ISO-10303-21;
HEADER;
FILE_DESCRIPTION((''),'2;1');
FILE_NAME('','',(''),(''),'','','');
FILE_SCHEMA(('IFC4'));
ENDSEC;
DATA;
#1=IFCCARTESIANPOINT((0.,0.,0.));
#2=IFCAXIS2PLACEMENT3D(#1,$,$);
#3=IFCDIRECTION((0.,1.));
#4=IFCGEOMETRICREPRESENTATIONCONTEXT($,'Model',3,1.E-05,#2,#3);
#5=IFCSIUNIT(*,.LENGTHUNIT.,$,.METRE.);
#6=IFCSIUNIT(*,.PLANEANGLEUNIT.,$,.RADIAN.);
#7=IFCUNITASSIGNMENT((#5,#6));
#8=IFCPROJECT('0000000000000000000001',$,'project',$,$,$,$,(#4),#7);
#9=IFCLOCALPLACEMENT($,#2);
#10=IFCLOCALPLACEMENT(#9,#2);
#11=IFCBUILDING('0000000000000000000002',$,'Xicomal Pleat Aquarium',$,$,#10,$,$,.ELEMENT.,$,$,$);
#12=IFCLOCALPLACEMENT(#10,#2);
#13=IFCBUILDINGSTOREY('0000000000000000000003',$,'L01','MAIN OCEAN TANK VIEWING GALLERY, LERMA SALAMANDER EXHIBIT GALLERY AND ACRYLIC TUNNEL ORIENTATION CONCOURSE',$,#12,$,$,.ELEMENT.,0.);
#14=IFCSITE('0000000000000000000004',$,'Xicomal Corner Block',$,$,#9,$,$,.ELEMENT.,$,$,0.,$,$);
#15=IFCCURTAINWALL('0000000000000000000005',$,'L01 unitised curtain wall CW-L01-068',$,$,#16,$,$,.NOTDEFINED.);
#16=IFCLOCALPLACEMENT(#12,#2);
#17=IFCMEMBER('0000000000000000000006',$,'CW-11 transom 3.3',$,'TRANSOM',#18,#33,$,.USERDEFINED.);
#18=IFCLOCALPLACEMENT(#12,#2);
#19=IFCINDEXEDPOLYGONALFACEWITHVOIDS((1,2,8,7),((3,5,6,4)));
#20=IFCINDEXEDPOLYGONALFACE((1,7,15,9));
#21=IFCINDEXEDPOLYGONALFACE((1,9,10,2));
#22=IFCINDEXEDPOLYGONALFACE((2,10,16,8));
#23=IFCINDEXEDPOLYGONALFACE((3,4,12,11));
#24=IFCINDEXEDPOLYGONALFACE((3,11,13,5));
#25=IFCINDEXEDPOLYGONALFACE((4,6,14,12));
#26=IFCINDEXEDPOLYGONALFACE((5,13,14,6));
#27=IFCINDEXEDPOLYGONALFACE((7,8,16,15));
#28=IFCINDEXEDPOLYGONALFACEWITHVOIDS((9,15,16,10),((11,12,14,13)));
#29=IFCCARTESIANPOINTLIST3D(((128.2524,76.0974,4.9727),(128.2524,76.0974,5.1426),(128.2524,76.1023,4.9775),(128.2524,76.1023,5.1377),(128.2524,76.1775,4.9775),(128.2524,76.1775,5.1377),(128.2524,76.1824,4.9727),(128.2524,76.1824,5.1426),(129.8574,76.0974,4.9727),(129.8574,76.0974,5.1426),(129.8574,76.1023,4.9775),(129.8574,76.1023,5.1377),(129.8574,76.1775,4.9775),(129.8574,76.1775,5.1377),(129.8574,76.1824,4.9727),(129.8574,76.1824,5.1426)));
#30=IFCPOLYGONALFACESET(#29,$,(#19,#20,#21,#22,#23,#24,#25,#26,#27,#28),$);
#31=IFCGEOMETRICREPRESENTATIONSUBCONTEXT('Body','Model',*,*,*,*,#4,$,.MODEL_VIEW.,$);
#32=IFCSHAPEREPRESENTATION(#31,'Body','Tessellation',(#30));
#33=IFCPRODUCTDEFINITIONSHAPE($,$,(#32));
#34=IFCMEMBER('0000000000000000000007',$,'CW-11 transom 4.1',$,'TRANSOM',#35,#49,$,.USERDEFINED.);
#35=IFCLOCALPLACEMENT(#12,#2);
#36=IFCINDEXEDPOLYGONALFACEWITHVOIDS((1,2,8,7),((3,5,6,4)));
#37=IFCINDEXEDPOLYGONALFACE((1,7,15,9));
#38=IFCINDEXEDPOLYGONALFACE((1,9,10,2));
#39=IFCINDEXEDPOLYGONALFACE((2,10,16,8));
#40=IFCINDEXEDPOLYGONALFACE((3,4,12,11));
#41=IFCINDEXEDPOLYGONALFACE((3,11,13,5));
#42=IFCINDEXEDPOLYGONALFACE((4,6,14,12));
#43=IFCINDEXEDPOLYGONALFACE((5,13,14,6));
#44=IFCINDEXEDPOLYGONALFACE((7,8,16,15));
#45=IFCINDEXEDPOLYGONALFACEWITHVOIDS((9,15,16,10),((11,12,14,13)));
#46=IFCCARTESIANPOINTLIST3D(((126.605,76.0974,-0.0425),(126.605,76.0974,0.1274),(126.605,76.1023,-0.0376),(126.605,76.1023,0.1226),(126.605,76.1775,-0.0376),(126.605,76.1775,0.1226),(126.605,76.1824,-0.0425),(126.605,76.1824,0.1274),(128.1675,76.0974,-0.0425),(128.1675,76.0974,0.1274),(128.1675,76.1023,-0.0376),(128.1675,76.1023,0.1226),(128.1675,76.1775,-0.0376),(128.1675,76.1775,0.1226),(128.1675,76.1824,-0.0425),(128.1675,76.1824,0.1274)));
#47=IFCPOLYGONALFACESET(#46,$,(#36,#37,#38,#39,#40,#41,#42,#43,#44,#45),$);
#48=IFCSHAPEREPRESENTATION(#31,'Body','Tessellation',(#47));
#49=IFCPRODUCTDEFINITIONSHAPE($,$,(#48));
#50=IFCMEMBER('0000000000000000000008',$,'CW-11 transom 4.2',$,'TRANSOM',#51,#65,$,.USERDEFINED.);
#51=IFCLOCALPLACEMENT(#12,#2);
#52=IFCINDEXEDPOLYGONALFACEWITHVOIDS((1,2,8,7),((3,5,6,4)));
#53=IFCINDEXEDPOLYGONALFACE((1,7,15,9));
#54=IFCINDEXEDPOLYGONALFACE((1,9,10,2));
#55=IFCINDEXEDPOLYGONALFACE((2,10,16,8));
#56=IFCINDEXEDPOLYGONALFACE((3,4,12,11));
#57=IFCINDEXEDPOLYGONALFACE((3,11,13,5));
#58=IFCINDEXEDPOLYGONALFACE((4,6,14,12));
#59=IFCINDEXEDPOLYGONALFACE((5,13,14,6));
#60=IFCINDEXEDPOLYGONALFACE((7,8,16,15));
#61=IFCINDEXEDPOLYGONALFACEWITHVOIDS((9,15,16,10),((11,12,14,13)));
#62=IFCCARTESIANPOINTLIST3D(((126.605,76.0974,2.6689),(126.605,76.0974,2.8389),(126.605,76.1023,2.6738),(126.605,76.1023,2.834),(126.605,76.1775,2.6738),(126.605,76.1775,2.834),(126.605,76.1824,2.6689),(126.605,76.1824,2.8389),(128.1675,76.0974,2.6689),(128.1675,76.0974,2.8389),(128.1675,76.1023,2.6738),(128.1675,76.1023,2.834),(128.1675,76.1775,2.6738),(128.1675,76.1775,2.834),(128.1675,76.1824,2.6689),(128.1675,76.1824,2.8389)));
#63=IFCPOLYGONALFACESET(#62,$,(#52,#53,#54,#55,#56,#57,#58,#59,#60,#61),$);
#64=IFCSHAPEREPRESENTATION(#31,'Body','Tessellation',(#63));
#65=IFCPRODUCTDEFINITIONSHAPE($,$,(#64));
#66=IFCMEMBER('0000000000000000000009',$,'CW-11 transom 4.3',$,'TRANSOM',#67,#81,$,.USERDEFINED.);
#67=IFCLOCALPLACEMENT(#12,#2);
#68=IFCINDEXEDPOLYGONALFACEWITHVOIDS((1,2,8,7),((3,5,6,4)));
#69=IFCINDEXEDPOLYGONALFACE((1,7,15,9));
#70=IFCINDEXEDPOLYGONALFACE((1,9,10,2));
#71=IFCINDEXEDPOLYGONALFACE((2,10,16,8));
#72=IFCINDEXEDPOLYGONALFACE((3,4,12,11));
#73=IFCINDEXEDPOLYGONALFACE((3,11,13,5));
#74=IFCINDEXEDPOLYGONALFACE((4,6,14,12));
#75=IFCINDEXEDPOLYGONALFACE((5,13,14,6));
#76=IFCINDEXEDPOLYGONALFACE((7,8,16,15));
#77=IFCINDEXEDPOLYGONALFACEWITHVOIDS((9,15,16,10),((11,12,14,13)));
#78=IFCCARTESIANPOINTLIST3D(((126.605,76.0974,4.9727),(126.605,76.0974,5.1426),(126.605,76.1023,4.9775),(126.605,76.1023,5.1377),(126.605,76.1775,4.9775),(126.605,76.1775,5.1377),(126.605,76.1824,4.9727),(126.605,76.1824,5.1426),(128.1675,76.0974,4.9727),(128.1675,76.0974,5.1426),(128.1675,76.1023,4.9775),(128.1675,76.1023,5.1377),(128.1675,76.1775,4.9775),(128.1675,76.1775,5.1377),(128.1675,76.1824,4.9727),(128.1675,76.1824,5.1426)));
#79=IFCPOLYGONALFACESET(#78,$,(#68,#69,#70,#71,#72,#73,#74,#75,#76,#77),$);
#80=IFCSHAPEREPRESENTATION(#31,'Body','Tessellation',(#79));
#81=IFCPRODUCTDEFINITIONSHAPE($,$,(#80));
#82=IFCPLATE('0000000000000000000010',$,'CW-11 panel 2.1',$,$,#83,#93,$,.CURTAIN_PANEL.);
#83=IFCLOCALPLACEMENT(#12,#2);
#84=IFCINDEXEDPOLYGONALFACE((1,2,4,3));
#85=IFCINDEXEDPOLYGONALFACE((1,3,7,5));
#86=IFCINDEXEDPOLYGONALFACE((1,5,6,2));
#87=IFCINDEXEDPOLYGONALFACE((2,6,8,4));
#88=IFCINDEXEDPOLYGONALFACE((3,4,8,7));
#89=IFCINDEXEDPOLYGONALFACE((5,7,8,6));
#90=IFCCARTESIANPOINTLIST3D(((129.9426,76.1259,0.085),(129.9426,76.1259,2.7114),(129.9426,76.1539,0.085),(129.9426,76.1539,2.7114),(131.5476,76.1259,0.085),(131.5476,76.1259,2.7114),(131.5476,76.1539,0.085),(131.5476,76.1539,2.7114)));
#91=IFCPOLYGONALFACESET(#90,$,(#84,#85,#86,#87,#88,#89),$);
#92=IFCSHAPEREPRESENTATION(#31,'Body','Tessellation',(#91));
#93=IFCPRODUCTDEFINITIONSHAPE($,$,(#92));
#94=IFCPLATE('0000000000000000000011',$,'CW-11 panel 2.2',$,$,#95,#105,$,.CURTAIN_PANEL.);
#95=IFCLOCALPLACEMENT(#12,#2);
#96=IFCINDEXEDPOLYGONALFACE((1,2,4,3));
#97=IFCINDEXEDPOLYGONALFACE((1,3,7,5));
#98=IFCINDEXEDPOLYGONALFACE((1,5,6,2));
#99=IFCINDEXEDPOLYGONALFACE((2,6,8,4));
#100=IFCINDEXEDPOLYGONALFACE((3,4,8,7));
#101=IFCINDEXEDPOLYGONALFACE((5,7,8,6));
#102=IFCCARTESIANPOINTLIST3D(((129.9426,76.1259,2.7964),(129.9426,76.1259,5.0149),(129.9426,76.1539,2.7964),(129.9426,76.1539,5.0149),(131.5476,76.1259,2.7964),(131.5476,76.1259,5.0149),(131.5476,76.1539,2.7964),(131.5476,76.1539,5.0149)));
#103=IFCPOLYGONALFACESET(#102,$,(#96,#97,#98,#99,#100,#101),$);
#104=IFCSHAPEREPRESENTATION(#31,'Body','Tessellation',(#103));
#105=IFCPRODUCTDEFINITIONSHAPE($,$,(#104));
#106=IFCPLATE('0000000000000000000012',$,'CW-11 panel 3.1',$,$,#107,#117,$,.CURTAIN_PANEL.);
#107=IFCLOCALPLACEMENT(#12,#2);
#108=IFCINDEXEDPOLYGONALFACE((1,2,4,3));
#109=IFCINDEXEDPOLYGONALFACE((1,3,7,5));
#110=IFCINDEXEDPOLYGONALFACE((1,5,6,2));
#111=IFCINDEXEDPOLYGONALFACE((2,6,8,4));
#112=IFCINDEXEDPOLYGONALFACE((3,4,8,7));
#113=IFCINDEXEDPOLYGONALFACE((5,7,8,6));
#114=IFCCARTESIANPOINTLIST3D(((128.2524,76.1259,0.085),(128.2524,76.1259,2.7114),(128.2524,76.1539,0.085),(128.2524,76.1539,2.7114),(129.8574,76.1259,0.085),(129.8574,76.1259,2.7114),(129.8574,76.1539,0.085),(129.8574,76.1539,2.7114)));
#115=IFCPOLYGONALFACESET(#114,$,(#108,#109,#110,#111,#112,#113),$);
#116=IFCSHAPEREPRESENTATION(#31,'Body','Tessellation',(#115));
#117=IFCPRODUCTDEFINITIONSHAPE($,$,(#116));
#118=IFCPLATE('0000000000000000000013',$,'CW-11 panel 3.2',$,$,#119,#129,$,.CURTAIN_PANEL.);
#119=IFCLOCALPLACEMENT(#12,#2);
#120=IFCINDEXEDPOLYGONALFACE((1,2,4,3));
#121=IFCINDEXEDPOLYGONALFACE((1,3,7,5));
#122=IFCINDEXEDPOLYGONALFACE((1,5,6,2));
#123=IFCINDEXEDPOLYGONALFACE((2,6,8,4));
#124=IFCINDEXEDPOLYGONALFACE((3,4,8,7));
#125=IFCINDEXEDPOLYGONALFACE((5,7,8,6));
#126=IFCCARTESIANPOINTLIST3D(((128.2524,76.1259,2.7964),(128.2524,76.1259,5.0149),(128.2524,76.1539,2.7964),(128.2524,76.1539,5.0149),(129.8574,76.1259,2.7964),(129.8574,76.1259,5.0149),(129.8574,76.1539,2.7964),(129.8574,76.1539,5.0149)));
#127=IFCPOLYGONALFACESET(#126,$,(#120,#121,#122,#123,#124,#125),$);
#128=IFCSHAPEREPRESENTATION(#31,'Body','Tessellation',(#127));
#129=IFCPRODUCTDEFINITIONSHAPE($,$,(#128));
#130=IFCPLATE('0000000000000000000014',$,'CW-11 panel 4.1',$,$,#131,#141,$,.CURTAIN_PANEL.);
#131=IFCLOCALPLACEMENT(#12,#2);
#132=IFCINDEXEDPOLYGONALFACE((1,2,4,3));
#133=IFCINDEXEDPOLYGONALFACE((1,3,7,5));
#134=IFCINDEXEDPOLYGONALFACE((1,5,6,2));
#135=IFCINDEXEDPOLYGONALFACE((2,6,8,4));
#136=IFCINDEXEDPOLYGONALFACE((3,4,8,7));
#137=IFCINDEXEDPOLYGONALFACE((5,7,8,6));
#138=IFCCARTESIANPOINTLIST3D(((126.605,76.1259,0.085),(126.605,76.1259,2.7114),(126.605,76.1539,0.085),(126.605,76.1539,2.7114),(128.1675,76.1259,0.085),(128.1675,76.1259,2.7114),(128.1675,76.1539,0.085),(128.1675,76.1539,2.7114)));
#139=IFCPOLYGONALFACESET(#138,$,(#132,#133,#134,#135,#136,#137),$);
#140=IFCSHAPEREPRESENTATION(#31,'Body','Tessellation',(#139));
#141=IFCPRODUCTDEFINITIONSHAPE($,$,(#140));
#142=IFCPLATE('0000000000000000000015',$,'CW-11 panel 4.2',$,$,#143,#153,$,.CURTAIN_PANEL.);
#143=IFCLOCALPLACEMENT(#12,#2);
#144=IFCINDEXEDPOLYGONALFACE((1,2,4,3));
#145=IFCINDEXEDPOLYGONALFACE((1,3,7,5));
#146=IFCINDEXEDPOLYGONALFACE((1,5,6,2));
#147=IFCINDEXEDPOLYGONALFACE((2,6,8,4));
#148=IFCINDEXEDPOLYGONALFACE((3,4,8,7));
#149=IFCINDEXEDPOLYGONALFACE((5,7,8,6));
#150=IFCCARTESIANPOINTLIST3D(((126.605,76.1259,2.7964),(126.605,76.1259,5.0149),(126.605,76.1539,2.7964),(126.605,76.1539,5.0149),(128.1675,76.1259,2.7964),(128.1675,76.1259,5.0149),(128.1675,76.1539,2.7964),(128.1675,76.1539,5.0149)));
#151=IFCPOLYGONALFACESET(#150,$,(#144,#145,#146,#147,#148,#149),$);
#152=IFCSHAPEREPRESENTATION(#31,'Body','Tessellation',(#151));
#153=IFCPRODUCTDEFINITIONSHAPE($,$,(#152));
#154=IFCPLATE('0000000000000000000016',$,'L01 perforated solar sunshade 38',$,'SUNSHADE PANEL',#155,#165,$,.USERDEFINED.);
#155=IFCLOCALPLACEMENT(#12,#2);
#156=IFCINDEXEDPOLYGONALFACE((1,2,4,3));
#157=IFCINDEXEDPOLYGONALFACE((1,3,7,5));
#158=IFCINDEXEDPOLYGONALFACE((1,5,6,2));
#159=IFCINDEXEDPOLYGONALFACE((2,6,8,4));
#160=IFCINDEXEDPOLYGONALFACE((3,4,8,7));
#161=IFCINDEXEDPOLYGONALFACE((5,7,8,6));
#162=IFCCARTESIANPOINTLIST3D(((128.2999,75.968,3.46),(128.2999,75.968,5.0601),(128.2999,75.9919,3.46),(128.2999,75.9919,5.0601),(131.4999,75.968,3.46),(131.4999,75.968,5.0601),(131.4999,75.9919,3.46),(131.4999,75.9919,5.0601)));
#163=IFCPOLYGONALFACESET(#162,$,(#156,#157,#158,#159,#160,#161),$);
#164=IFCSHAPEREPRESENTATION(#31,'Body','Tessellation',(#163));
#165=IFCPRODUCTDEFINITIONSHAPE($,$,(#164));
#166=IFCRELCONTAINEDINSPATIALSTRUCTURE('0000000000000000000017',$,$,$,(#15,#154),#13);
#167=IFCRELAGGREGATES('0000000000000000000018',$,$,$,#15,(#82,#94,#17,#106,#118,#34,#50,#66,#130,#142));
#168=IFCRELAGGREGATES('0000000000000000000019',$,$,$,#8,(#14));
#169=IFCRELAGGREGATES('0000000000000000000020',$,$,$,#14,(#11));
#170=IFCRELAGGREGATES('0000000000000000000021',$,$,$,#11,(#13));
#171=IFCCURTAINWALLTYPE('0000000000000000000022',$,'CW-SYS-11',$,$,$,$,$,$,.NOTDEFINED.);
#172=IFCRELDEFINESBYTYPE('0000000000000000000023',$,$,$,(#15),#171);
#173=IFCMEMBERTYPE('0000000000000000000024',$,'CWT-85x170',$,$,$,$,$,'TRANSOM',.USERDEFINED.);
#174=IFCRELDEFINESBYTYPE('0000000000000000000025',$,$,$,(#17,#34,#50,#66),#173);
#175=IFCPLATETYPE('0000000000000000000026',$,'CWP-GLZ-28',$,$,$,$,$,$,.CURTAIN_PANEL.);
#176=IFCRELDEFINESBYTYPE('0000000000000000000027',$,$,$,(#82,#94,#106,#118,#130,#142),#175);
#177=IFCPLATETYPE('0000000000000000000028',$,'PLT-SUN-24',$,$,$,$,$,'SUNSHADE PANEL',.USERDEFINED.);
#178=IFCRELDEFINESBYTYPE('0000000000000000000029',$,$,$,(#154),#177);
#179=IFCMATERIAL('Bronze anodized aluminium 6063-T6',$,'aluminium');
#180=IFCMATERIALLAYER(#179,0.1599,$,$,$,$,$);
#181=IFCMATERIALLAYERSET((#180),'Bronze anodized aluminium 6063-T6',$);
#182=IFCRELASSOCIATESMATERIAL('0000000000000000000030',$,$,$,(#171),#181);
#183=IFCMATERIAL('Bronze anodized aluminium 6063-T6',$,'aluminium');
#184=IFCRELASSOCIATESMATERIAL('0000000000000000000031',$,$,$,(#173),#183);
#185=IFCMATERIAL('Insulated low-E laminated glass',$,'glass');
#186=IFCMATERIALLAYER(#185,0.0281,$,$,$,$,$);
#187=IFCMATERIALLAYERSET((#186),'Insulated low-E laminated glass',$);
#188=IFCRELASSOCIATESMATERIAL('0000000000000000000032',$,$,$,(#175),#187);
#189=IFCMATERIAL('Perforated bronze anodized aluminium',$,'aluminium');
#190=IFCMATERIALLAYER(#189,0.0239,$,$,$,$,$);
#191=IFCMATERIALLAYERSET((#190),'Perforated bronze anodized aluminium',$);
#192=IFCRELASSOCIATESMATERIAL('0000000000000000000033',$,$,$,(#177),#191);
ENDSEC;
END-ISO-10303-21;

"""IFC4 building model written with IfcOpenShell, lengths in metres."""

from ifc_helpers import new_model, si_unit, direction, frame, origin, origin_2d, place, context, subcontext, project, spatial, rectangle, hollow_rectangle, extrude, material, layer, layer_set, material_profile, profile_set, type_object, element, aggregate, save


model = new_model("IFC4")

# Units and contexts
model_context = context("Model", 3, precision=1e-05, world=origin(), true_north=direction((0.0, 1.0)))
body_context = subcontext(model_context, "Body", "Model", "MODEL_VIEW")
ifc_project = project(units=[si_unit("LENGTHUNIT", "METRE"), si_unit("PLANEANGLEUNIT", "RADIAN")], contexts=[model_context])

# Site, building, storey
site_placement = place(None, origin())
site = spatial("IfcSite", under=ifc_project, at=site_placement, Name="Xicomal Corner Block", CompositionType="ELEMENT", RefElevation=0.0)
building_placement = place(site_placement, origin())
building = spatial("IfcBuilding", under=site, at=building_placement, Name="Xicomal Pleat Aquarium", CompositionType="ELEMENT")
storey_placement = place(building_placement, origin())
storey = spatial("IfcBuildingStorey", under=building, at=storey_placement, Name="L01", Description="MAIN OCEAN TANK VIEWING GALLERY, LERMA SALAMANDER EXHIBIT GALLERY AND ACRYLIC TUNNEL ORIENTATION CONCOURSE", CompositionType="ELEMENT", Elevation=0.0)

# Curtain wall, members, plates
ifc_material_1 = material(Name="Bronze anodized aluminium 6063-T6", Category="aluminium")
ifc_layer_1 = layer(ifc_material_1, 0.1599)
ifc_layer_set_1 = layer_set([ifc_layer_1], Name="Bronze anodized aluminium 6063-T6")
curtain_wall_type = type_object("IfcCurtainWallType", Name="CW-SYS-11", PredefinedType="NOTDEFINED", material=ifc_layer_set_1)
curtain_wall_placement = place(storey_placement, origin())
curtain_wall = element("IfcCurtainWall", 1, at=curtain_wall_placement, inside=storey, type_object=curtain_wall_type, Name="L01 unitised curtain wall CW-L01-068", PredefinedType="NOTDEFINED")
ifc_material_2 = material(Name="Bronze anodized aluminium 6063-T6", Category="aluminium")
ifc_material_profile_1 = material_profile(ifc_material_2, hollow_rectangle(XDim=0.085, YDim=0.1699, WallThickness=0.0049, at=origin_2d()), Name="ALU TRAN 85x170")
ifc_profile_set_1 = profile_set([ifc_material_profile_1], Name="Bronze anodized aluminium 6063-T6")
member_type_1 = type_object("IfcMemberType", Name="CWT-85x170", ElementType="TRANSOM", PredefinedType="USERDEFINED", material=ifc_profile_set_1)
member_1_placement = place(storey_placement, frame((129.8574, 76.1399, 5.0576), z_axis=(-1.0, 0.0, 0.0), x_axis=(0.0, -1.0, 0.0)))
member_1 = element("IfcMember", 2, at=member_1_placement, type_object=member_type_1, Name="CW-11 transom 3.3", ObjectType="TRANSOM", PredefinedType="USERDEFINED", context=body_context, shape_type="SweptSolid", body=[
    extrude(hollow_rectangle(XDim=0.085, YDim=0.1699, WallThickness=0.0049, at=origin_2d()), origin(), (0.0, 0.0, 1.0), 1.605),
])
member_2_placement = place(storey_placement, frame((128.1675, 76.1399, 0.0425), z_axis=(-1.0, 0.0, 0.0), x_axis=(0.0, -1.0, 0.0)))
member_2 = element("IfcMember", 3, at=member_2_placement, type_object=member_type_1, Name="CW-11 transom 4.1", ObjectType="TRANSOM", PredefinedType="USERDEFINED", context=body_context, shape_type="SweptSolid", body=[
    extrude(hollow_rectangle(XDim=0.085, YDim=0.1699, WallThickness=0.0049, at=origin_2d()), origin(), (0.0, 0.0, 1.0), 1.5625),
])
member_3_placement = place(storey_placement, frame((128.1675, 76.1399, 2.7539), z_axis=(-1.0, 0.0, 0.0), x_axis=(0.0, -1.0, 0.0)))
member_3 = element("IfcMember", 4, at=member_3_placement, type_object=member_type_1, Name="CW-11 transom 4.2", ObjectType="TRANSOM", PredefinedType="USERDEFINED", context=body_context, shape_type="SweptSolid", body=[
    extrude(hollow_rectangle(XDim=0.085, YDim=0.1699, WallThickness=0.0049, at=origin_2d()), origin(), (0.0, 0.0, 1.0), 1.5625),
])
member_4_placement = place(storey_placement, frame((128.1675, 76.1399, 5.0576), z_axis=(-1.0, 0.0, 0.0), x_axis=(0.0, -1.0, 0.0)))
member_4 = element("IfcMember", 5, at=member_4_placement, type_object=member_type_1, Name="CW-11 transom 4.3", ObjectType="TRANSOM", PredefinedType="USERDEFINED", context=body_context, shape_type="SweptSolid", body=[
    extrude(hollow_rectangle(XDim=0.085, YDim=0.1699, WallThickness=0.0049, at=origin_2d()), origin(), (0.0, 0.0, 1.0), 1.5625),
])
ifc_material_3 = material(Name="Insulated low-E laminated glass", Category="glass")
ifc_layer_2 = layer(ifc_material_3, 0.0281)
ifc_layer_set_2 = layer_set([ifc_layer_2], Name="Insulated low-E laminated glass")
plate_type_1 = type_object("IfcPlateType", Name="CWP-GLZ-28", PredefinedType="CURTAIN_PANEL", material=ifc_layer_set_2)
plate_1_placement = place(storey_placement, frame((130.7451, 76.1399, 0.085), z_axis=(0.0, 0.0, 1.0), x_axis=(-1.0, 0.0, 0.0)))
plate_1 = element("IfcPlate", 6, at=plate_1_placement, type_object=plate_type_1, Name="CW-11 panel 2.1", PredefinedType="CURTAIN_PANEL", context=body_context, shape_type="SweptSolid", body=[
    extrude(rectangle(XDim=1.605, YDim=0.0281, at=origin_2d()), origin(), (0.0, 0.0, 1.0), 2.6265),
])
plate_2_placement = place(storey_placement, frame((130.7451, 76.1399, 2.7964), z_axis=(0.0, 0.0, 1.0), x_axis=(-1.0, 0.0, 0.0)))
plate_2 = element("IfcPlate", 7, at=plate_2_placement, type_object=plate_type_1, Name="CW-11 panel 2.2", PredefinedType="CURTAIN_PANEL", context=body_context, shape_type="SweptSolid", body=[
    extrude(rectangle(XDim=1.605, YDim=0.0281, at=origin_2d()), origin(), (0.0, 0.0, 1.0), 2.2185),
])
plate_3_placement = place(storey_placement, frame((129.0549, 76.1399, 0.085), z_axis=(0.0, 0.0, 1.0), x_axis=(-1.0, 0.0, 0.0)))
plate_3 = element("IfcPlate", 8, at=plate_3_placement, type_object=plate_type_1, Name="CW-11 panel 3.1", PredefinedType="CURTAIN_PANEL", context=body_context, shape_type="SweptSolid", body=[
    extrude(rectangle(XDim=1.605, YDim=0.0281, at=origin_2d()), origin(), (0.0, 0.0, 1.0), 2.6265),
])
plate_4_placement = place(storey_placement, frame((129.0549, 76.1399, 2.7964), z_axis=(0.0, 0.0, 1.0), x_axis=(-1.0, 0.0, 0.0)))
plate_4 = element("IfcPlate", 9, at=plate_4_placement, type_object=plate_type_1, Name="CW-11 panel 3.2", PredefinedType="CURTAIN_PANEL", context=body_context, shape_type="SweptSolid", body=[
    extrude(rectangle(XDim=1.605, YDim=0.0281, at=origin_2d()), origin(), (0.0, 0.0, 1.0), 2.2185),
])
plate_5_placement = place(storey_placement, frame((127.3862, 76.1399, 0.085), z_axis=(0.0, 0.0, 1.0), x_axis=(-1.0, 0.0, 0.0)))
plate_5 = element("IfcPlate", 10, at=plate_5_placement, type_object=plate_type_1, Name="CW-11 panel 4.1", PredefinedType="CURTAIN_PANEL", context=body_context, shape_type="SweptSolid", body=[
    extrude(rectangle(XDim=1.5625, YDim=0.0281, at=origin_2d()), origin(), (0.0, 0.0, 1.0), 2.6265),
])
plate_6_placement = place(storey_placement, frame((127.3862, 76.1399, 2.7964), z_axis=(0.0, 0.0, 1.0), x_axis=(-1.0, 0.0, 0.0)))
plate_6 = element("IfcPlate", 11, at=plate_6_placement, type_object=plate_type_1, Name="CW-11 panel 4.2", PredefinedType="CURTAIN_PANEL", context=body_context, shape_type="SweptSolid", body=[
    extrude(rectangle(XDim=1.5625, YDim=0.0281, at=origin_2d()), origin(), (0.0, 0.0, 1.0), 2.2185),
])
aggregate(curtain_wall, [plate_1, plate_2, member_1, plate_3, plate_4, member_2, member_3, member_4, plate_5, plate_6])

# Plate
ifc_material_4 = material(Name="Perforated bronze anodized aluminium", Category="aluminium")
ifc_layer_3 = layer(ifc_material_4, 0.0239)
ifc_layer_set_3 = layer_set([ifc_layer_3], Name="Perforated bronze anodized aluminium")
plate_type_2 = type_object("IfcPlateType", Name="PLT-SUN-24", ElementType="SUNSHADE PANEL", PredefinedType="USERDEFINED", material=ifc_layer_set_3)
plate_7_placement = place(storey_placement, frame((129.8999, 75.98, 3.46), z_axis=(0.0, 0.0, 1.0), x_axis=(-1.0, 0.0, 0.0)))
element("IfcPlate", 12, at=plate_7_placement, inside=storey, type_object=plate_type_2, Name="L01 perforated solar sunshade 38", ObjectType="SUNSHADE PANEL", PredefinedType="USERDEFINED", context=body_context, shape_type="SweptSolid", body=[
    extrude(rectangle(XDim=3.2, YDim=0.0239, at=origin_2d()), origin(), (0.0, 0.0, 1.0), 1.6001),
])

save(model, "model.ifc")
